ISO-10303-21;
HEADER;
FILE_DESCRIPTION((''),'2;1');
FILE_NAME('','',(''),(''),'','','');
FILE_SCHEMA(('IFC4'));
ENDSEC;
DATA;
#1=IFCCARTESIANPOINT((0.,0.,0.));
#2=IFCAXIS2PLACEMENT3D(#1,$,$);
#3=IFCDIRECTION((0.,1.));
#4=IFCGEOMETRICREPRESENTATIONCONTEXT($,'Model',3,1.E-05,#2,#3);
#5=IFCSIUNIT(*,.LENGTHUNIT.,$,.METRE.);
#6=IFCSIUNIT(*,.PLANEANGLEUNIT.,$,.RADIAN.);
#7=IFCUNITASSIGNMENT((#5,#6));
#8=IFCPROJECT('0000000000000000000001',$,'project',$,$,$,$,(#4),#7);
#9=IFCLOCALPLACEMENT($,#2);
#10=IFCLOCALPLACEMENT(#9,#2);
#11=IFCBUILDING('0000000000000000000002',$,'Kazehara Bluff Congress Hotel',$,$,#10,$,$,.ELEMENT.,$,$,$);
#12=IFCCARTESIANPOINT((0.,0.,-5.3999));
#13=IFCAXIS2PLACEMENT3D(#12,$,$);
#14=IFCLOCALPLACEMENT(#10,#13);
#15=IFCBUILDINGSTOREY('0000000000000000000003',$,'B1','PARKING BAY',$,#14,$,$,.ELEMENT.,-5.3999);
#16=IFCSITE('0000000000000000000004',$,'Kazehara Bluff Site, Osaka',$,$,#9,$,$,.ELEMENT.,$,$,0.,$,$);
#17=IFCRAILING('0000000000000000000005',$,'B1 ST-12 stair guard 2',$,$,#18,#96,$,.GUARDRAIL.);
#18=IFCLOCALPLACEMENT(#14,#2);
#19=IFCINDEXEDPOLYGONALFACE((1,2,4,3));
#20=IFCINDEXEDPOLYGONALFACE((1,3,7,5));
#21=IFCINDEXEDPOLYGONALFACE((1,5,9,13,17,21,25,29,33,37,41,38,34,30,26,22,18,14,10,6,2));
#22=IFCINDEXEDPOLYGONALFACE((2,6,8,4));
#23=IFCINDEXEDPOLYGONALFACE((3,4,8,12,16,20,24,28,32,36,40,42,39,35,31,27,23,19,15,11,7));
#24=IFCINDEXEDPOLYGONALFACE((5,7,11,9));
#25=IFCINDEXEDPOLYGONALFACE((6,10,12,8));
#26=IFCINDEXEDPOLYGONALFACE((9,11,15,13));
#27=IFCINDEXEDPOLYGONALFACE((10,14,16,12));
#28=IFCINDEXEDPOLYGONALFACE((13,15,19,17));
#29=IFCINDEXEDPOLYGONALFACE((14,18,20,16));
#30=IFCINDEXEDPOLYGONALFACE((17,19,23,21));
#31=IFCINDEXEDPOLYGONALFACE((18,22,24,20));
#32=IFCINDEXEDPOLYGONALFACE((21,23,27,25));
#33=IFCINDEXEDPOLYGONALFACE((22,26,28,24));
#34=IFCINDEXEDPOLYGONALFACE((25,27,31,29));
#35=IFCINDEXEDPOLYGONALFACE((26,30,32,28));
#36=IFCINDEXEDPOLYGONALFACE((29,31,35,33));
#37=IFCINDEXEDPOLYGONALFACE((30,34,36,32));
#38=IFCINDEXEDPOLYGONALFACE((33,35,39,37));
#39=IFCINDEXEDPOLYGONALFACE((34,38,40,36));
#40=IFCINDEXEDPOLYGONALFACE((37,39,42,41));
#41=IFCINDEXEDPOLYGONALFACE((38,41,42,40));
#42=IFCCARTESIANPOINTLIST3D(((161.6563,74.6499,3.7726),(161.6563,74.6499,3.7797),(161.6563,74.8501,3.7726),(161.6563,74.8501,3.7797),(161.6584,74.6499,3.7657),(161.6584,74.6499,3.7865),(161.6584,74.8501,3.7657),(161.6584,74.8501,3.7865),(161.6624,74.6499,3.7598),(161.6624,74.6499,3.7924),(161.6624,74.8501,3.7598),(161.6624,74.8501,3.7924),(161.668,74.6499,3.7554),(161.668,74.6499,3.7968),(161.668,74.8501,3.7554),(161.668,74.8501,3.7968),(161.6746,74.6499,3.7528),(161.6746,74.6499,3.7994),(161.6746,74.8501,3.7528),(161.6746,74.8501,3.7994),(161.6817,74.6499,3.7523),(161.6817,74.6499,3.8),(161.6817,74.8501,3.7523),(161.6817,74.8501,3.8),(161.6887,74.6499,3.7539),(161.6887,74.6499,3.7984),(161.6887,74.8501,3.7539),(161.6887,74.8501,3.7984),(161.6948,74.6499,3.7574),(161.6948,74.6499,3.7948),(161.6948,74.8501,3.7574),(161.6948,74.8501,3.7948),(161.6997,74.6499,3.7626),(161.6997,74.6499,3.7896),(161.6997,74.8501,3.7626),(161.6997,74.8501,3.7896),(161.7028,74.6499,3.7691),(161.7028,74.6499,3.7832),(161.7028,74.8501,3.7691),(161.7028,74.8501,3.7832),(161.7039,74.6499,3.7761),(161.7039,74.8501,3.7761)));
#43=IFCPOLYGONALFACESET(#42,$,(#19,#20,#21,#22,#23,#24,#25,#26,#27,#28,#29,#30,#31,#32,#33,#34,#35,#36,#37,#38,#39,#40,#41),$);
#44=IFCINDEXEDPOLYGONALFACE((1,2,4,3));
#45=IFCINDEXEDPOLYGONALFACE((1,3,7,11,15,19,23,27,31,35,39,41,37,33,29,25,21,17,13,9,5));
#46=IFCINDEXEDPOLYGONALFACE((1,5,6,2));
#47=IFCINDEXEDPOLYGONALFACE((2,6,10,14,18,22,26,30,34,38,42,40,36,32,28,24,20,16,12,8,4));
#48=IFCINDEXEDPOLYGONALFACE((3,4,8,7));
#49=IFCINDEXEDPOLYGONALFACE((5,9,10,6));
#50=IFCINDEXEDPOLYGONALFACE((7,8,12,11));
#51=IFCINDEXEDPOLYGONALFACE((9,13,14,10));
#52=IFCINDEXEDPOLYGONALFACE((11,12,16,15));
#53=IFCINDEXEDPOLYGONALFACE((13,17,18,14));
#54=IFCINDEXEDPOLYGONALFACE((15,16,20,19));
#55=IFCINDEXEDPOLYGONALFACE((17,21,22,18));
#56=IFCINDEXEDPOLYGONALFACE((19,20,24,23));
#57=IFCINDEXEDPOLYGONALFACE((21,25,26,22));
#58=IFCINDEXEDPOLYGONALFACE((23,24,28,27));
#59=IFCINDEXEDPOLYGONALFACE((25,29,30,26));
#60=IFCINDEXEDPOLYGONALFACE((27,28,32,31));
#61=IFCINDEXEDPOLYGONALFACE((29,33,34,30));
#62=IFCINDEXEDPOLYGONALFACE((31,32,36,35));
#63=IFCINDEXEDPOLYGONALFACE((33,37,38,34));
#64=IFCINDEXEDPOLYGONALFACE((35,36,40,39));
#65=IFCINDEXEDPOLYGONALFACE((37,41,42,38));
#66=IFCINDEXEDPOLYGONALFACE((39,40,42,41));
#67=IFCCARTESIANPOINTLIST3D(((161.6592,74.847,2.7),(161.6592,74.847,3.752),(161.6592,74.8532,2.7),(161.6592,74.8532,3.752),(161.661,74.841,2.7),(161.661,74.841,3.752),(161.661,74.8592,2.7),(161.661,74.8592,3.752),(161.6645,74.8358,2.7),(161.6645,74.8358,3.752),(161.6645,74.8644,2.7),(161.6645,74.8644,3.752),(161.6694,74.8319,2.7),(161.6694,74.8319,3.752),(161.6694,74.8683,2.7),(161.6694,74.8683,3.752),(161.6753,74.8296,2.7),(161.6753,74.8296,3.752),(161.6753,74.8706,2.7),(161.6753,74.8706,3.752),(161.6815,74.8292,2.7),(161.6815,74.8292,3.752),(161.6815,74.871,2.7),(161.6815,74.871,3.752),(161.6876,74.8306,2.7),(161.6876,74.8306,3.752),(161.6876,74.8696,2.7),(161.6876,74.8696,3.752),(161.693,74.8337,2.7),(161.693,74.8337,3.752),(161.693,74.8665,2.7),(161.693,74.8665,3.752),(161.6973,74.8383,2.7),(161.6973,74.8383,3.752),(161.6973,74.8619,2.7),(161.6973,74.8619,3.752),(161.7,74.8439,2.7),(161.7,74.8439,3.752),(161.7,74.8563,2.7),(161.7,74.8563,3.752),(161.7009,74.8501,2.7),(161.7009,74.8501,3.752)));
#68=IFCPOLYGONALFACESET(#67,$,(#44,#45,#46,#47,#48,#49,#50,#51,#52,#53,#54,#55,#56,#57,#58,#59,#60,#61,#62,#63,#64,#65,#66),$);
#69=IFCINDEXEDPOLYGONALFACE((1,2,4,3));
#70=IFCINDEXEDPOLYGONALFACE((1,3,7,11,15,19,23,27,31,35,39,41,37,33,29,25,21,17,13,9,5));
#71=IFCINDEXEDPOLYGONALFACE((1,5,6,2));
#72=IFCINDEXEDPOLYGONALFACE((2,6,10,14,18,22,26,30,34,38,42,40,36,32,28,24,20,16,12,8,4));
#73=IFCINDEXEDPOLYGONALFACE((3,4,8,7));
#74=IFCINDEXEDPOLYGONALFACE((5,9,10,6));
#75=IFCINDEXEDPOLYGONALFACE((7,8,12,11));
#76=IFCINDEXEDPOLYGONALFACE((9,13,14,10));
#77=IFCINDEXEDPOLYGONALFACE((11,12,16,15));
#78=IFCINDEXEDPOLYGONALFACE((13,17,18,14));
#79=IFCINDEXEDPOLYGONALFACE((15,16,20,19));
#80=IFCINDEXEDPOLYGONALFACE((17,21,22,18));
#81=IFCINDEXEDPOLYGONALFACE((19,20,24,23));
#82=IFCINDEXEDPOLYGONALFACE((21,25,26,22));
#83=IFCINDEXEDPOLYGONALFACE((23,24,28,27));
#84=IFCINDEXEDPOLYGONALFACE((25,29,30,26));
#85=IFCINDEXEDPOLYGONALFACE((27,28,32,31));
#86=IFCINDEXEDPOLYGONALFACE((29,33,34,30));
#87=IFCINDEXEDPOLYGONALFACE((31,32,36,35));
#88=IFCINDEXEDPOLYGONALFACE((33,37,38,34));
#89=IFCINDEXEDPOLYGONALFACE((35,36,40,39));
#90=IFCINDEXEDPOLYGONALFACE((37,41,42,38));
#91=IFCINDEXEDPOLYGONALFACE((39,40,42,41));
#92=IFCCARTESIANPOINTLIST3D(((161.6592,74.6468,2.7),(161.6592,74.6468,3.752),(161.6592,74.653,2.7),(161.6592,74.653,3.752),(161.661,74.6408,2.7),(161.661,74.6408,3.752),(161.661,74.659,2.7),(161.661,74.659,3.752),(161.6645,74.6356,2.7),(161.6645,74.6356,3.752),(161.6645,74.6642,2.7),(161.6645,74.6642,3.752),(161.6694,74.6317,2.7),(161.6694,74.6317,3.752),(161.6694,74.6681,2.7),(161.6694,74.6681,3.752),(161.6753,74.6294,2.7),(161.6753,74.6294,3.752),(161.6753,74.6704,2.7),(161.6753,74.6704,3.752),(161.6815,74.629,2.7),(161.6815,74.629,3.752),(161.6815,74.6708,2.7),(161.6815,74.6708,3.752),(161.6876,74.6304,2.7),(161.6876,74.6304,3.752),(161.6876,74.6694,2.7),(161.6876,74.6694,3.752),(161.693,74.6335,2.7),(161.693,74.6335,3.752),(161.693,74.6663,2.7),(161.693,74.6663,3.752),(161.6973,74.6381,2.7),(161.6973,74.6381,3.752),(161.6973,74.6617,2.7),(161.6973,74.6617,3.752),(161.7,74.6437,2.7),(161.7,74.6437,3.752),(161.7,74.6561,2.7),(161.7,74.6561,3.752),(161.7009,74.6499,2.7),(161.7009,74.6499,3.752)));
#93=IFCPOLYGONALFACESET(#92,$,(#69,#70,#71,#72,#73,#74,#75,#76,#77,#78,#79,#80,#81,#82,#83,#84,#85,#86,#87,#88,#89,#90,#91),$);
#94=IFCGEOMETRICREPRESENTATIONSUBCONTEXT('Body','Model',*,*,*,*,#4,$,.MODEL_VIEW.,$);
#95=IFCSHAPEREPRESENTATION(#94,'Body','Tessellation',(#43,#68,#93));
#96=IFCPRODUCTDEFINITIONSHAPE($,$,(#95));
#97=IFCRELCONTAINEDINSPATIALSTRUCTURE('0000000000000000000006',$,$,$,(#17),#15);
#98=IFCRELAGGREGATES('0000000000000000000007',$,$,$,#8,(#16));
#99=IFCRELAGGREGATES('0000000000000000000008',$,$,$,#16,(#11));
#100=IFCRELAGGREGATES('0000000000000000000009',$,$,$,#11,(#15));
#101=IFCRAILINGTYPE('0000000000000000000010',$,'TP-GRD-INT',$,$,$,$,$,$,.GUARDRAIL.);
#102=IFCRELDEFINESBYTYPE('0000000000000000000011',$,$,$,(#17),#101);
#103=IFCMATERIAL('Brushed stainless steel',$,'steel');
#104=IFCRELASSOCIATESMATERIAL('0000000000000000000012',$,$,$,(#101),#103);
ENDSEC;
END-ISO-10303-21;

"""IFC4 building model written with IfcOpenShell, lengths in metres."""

from ifc_helpers import new_model, si_unit, direction, frame, origin, origin_2d, place, context, subcontext, project, spatial, circle, extrude, material, type_object, element, save


model = new_model("IFC4")

# Units and contexts
model_context = context("Model", 3, precision=1e-05, world=origin(), true_north=direction((0.0, 1.0)))
body_context = subcontext(model_context, "Body", "Model", "MODEL_VIEW")
ifc_project = project(units=[si_unit("LENGTHUNIT", "METRE"), si_unit("PLANEANGLEUNIT", "RADIAN")], contexts=[model_context])

# Site, building, storey
site_placement = place(None, origin())
site = spatial("IfcSite", under=ifc_project, at=site_placement, Name="Kazehara Bluff Site, Osaka", CompositionType="ELEMENT", RefElevation=0.0)
building_placement = place(site_placement, origin())
building = spatial("IfcBuilding", under=site, at=building_placement, Name="Kazehara Bluff Congress Hotel", CompositionType="ELEMENT")
storey_placement = place(building_placement, frame((0.0, 0.0, -5.3999)))
storey = spatial("IfcBuildingStorey", under=building, at=storey_placement, Name="B1", Description="PARKING BAY", CompositionType="ELEMENT", Elevation=-5.3999)

# Railing
ifc_material_1 = material(Name="Brushed stainless steel", Category="steel")
railing_type_1 = type_object("IfcRailingType", Name="TP-GRD-INT", PredefinedType="GUARDRAIL", material=ifc_material_1)
railing_1_placement = place(storey_placement, frame((161.6799, 74.8501, 2.7)))
element("IfcRailing", 1, at=railing_1_placement, inside=storey, type_object=railing_type_1, Name="B1 ST-12 stair guard 2", PredefinedType="GUARDRAIL", context=body_context, shape_type="SweptSolid", body=[
    extrude(circle(Radius=0.0239, at=origin_2d()), frame((0.0, 0.0, 1.0762), z_axis=(0.0, -1.0, 0.0), x_axis=(1.0, 0.0, 0.0)), (0.0, 0.0, 1.0), 0.2002),
    extrude(circle(Radius=0.021, at=origin_2d()), origin(), (0.0, 0.0, 1.0), 1.052),
    extrude(circle(Radius=0.021, at=origin_2d()), frame((0.0, -0.2002, 0.0)), (0.0, 0.0, 1.0), 1.052),
])

save(model, "model.ifc")
